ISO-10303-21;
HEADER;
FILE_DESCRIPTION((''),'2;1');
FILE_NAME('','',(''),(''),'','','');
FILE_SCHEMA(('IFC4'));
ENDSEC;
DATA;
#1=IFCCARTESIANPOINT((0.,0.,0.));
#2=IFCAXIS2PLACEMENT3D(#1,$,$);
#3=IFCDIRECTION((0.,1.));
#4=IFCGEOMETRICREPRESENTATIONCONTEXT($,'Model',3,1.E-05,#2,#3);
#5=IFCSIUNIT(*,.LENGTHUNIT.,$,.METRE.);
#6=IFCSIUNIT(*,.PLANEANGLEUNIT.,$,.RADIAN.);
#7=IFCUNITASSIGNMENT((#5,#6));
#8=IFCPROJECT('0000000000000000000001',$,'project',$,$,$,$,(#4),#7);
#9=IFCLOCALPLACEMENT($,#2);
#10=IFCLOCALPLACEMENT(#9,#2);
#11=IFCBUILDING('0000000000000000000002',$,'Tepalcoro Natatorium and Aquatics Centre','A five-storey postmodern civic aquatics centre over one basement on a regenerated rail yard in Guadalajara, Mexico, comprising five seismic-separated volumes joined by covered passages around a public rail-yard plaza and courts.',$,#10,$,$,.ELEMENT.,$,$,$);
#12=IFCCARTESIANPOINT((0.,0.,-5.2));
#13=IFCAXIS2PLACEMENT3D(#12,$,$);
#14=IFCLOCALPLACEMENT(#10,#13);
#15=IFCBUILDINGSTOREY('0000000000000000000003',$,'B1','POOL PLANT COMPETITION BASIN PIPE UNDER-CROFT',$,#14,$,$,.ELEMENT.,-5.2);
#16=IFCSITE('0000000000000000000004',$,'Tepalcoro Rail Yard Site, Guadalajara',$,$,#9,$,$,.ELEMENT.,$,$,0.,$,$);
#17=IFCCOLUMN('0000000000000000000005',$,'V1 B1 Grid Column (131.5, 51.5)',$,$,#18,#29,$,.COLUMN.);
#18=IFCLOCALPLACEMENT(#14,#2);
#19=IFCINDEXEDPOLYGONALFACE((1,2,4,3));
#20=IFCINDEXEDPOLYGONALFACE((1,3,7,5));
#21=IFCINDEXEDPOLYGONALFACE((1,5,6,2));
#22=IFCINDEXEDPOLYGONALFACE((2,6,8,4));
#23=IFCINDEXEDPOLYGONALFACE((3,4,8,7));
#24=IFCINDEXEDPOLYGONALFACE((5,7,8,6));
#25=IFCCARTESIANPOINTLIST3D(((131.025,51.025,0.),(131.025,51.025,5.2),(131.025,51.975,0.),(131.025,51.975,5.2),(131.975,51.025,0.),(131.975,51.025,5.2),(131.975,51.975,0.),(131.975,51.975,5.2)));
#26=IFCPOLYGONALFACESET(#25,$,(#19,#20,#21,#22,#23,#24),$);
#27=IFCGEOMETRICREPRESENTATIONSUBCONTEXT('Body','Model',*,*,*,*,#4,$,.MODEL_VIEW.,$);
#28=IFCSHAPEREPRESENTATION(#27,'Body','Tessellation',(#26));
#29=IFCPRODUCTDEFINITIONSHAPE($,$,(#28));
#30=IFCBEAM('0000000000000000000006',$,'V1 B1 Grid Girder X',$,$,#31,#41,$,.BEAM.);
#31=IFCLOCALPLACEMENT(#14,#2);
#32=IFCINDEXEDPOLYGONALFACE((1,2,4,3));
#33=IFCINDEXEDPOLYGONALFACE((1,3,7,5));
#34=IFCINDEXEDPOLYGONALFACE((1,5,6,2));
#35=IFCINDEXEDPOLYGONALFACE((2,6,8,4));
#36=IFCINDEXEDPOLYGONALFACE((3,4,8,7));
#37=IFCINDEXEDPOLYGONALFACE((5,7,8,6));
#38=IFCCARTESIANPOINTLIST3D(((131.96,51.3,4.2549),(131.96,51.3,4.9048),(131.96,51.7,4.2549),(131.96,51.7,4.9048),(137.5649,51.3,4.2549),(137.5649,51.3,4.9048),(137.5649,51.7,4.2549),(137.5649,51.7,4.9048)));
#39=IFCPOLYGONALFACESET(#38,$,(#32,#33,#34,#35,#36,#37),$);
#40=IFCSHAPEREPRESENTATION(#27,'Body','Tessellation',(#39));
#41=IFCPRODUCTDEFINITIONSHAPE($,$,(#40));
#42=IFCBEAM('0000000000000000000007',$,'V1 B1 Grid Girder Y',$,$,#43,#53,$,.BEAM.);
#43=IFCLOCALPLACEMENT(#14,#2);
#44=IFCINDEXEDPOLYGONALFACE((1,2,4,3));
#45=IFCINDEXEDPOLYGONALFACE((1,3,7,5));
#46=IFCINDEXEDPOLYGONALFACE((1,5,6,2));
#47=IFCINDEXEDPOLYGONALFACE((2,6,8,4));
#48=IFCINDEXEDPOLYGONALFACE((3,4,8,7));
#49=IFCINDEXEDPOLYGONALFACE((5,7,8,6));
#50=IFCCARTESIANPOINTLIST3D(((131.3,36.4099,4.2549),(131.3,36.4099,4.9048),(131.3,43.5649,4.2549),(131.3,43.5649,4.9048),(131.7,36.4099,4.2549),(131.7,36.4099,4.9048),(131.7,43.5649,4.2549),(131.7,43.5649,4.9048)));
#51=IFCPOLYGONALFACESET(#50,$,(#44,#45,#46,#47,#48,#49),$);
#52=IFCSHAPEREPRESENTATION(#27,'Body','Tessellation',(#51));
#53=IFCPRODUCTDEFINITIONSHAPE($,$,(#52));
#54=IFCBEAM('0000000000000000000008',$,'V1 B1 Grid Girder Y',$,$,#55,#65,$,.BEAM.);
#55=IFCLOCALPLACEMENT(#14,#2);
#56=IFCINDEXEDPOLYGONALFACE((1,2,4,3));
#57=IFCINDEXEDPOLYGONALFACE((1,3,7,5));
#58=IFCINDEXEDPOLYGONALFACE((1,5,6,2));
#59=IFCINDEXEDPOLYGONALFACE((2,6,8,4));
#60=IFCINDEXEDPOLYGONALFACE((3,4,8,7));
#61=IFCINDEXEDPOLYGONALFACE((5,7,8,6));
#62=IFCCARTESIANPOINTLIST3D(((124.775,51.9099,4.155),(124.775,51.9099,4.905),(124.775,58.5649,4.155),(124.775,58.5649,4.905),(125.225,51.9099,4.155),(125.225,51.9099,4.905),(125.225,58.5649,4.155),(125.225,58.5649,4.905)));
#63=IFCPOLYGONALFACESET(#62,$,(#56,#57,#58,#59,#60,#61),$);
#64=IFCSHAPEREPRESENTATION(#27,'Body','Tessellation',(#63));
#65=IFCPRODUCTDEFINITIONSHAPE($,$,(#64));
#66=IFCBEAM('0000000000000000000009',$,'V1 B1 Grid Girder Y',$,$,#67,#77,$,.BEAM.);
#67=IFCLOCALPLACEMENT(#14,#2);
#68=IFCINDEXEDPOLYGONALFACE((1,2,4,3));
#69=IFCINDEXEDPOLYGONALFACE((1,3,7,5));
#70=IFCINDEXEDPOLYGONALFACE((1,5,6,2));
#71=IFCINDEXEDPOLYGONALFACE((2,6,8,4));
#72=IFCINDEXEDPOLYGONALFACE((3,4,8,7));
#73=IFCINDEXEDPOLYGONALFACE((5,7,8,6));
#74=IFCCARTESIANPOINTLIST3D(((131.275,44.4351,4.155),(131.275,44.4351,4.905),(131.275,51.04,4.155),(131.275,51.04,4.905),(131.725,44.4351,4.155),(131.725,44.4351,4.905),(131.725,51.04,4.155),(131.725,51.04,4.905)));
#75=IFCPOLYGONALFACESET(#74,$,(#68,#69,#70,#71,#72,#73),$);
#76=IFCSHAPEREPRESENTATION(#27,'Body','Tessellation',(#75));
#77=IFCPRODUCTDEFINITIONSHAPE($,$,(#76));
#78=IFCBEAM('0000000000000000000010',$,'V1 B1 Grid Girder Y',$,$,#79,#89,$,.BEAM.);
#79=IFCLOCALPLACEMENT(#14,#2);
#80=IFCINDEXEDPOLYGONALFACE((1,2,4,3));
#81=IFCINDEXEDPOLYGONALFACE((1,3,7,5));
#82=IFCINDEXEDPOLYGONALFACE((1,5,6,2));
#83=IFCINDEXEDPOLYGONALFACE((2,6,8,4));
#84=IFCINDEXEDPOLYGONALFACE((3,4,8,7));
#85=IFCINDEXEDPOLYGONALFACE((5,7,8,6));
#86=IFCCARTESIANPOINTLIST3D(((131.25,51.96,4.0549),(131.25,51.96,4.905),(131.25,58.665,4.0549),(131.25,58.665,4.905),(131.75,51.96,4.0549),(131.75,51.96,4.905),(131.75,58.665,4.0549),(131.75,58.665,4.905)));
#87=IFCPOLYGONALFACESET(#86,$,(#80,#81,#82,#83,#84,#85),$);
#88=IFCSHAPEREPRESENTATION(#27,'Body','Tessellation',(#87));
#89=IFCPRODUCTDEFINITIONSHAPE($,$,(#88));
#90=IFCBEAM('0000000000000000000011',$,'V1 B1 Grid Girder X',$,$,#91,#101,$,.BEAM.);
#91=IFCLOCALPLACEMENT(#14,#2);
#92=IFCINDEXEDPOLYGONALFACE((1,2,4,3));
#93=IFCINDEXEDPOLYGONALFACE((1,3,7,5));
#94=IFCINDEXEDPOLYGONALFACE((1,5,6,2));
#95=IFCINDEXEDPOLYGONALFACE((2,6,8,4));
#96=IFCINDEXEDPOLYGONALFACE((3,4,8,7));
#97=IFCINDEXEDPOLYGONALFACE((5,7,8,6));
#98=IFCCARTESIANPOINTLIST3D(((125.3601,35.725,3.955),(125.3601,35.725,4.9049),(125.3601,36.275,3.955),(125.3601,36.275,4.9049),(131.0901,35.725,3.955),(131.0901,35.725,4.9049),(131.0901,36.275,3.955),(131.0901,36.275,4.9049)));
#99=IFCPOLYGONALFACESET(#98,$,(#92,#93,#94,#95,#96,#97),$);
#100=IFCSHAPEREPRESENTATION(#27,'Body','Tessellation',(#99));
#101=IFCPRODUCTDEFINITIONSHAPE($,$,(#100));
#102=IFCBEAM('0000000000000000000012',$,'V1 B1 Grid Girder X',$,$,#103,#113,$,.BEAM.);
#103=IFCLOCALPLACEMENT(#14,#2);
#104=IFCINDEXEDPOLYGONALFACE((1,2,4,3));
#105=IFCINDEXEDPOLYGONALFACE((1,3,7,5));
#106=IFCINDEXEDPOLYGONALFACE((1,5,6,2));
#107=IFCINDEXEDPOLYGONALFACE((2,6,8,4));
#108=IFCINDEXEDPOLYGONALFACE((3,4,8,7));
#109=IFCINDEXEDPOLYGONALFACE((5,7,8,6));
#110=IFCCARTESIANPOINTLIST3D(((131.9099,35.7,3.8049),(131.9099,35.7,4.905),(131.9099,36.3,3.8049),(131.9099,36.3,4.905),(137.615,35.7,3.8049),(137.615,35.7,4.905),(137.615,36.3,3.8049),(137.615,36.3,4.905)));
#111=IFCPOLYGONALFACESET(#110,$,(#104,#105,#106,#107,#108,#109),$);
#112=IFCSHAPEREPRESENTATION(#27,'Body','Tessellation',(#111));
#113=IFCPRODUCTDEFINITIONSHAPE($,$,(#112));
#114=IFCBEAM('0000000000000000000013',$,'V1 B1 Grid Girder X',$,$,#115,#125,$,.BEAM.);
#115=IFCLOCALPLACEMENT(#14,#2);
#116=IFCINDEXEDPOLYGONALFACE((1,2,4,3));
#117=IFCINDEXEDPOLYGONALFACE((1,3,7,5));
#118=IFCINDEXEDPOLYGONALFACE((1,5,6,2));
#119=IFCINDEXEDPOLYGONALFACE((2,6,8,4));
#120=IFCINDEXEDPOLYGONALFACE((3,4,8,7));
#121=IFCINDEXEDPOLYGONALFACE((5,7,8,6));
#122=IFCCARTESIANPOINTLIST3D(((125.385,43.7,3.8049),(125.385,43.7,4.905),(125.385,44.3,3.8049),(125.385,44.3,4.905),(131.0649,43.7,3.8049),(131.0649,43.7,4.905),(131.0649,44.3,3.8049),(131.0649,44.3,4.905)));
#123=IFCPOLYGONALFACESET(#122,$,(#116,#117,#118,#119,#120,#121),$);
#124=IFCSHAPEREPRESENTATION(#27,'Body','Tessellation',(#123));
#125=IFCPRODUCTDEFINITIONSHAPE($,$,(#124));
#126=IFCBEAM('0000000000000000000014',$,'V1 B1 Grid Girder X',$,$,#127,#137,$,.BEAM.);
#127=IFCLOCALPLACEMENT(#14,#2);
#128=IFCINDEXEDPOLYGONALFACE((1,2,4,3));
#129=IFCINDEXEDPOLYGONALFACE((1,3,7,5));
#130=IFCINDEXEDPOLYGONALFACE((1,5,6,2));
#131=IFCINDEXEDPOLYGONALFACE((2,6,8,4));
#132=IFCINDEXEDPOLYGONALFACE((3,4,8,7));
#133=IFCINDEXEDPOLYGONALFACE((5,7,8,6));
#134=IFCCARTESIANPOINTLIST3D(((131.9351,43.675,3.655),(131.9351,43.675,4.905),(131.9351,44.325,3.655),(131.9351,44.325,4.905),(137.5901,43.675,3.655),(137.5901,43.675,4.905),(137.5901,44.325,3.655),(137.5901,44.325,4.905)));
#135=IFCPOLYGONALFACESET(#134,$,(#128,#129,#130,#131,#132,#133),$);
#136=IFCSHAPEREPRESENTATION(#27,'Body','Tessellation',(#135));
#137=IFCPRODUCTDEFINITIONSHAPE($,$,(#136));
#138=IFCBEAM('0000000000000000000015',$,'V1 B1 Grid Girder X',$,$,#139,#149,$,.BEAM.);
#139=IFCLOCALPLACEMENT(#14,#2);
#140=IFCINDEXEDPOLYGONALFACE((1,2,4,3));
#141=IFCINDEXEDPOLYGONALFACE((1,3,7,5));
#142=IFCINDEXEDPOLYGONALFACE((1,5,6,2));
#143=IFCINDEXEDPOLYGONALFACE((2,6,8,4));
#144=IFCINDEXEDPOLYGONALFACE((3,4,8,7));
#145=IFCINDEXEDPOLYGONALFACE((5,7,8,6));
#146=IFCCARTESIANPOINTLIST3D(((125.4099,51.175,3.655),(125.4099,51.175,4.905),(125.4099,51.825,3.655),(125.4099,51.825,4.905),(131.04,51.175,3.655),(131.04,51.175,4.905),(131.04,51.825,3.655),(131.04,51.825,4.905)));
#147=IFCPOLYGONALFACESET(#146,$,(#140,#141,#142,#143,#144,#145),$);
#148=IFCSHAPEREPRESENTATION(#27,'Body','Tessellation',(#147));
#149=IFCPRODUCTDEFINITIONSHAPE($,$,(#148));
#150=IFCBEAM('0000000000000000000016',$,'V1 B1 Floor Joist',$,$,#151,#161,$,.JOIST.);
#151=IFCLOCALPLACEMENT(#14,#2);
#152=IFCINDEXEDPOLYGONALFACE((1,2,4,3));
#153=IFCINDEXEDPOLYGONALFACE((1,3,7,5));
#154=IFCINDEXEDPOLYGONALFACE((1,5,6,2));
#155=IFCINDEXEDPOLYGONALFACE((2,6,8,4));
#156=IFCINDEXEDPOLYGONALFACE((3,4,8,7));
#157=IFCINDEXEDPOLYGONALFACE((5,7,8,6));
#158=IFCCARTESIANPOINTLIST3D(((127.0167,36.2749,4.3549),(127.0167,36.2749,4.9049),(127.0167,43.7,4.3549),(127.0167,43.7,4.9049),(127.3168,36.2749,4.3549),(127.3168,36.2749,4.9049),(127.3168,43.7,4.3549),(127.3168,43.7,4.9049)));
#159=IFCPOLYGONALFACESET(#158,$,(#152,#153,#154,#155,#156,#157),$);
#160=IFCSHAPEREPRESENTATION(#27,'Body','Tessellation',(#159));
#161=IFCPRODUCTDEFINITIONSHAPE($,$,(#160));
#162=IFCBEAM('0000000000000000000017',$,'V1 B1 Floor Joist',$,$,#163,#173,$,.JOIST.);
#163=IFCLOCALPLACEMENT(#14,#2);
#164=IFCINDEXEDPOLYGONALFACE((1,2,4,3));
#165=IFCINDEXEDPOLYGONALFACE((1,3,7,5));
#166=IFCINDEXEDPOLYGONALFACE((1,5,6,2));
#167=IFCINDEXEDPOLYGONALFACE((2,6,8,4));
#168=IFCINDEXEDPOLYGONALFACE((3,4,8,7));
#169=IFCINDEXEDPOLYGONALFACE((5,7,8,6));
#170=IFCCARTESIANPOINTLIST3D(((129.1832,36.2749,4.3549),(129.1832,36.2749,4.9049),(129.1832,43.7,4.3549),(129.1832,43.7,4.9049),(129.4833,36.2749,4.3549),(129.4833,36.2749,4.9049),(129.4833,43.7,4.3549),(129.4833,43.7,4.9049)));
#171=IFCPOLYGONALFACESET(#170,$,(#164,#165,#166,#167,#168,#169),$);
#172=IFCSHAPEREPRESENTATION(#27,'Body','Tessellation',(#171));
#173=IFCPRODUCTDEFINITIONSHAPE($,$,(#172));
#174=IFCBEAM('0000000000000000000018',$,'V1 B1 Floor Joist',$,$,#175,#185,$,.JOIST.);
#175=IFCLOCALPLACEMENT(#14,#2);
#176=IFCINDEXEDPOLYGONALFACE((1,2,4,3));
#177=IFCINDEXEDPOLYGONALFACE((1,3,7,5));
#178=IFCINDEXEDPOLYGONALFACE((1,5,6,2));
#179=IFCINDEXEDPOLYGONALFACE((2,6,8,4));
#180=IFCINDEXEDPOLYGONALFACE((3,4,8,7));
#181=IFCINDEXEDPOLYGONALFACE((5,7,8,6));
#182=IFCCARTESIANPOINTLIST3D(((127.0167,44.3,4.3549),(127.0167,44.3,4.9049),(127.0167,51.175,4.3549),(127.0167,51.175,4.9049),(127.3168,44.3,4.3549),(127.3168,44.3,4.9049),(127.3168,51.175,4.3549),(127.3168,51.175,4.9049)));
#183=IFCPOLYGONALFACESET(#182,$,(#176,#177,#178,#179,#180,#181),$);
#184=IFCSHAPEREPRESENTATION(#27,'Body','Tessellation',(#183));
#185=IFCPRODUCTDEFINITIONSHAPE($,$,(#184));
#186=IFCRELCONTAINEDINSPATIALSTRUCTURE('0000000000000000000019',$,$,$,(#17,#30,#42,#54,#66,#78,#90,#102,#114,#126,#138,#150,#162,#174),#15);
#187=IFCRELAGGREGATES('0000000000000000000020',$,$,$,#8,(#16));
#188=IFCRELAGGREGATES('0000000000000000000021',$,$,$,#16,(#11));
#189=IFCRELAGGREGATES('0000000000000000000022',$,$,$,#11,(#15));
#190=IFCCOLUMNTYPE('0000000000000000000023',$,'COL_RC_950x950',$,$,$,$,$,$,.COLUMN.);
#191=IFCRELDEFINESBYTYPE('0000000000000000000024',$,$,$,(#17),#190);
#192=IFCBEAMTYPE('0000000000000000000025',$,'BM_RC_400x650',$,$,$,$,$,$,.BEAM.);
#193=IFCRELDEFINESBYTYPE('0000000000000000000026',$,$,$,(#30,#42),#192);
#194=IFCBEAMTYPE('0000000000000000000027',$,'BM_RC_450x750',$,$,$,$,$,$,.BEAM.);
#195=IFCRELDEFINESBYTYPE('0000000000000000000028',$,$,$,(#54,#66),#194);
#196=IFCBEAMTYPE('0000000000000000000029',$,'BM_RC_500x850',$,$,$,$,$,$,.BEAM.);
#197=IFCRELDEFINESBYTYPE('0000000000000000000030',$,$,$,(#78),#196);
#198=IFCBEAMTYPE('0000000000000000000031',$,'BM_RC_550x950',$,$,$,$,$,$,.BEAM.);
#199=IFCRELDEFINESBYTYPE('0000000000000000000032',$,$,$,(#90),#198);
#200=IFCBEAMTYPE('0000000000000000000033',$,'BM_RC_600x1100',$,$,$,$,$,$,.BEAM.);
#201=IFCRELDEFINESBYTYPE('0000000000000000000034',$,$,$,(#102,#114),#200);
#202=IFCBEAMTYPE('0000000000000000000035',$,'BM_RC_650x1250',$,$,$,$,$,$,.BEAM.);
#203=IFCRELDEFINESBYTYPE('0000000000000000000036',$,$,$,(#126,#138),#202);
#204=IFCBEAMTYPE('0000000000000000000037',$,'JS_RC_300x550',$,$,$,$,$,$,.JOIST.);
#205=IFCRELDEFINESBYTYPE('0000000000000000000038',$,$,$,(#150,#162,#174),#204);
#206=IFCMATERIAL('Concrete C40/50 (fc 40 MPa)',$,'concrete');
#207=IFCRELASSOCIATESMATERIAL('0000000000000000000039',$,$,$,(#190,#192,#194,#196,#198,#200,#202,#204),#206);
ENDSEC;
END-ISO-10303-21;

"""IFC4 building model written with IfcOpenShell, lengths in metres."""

from ifc_helpers import new_model, si_unit, direction, frame, origin, origin_2d, place, context, subcontext, project, spatial, rectangle, extrude, material, material_profile, profile_set, type_object, element, save


model = new_model("IFC4")

# Units and contexts
model_context = context("Model", 3, precision=1e-05, world=origin(), true_north=direction((0.0, 1.0)))
body_context = subcontext(model_context, "Body", "Model", "MODEL_VIEW")
ifc_project = project(units=[si_unit("LENGTHUNIT", "METRE"), si_unit("PLANEANGLEUNIT", "RADIAN")], contexts=[model_context])

# Site, building, storey
site_placement = place(None, origin())
site = spatial("IfcSite", under=ifc_project, at=site_placement, Name="Tepalcoro Rail Yard Site, Guadalajara", CompositionType="ELEMENT", RefElevation=0.0)
building_placement = place(site_placement, origin())
building = spatial("IfcBuilding", under=site, at=building_placement, Name="Tepalcoro Natatorium and Aquatics Centre", Description="A five-storey postmodern civic aquatics centre over one basement on a regenerated rail yard in Guadalajara, Mexico, comprising five seismic-separated volumes joined by covered passages around a public rail-yard plaza and courts.", CompositionType="ELEMENT")
storey_placement = place(building_placement, frame((0.0, 0.0, -5.2)))
storey = spatial("IfcBuildingStorey", under=building, at=storey_placement, Name="B1", Description="POOL PLANT COMPETITION BASIN PIPE UNDER-CROFT", CompositionType="ELEMENT", Elevation=-5.2)

# Shared definitions
ifc_material = material(Name="Concrete C40/50 (fc 40 MPa)", Category="concrete")

# Column
ifc_material_profile_1 = material_profile(ifc_material, rectangle(XDim=0.95, YDim=0.95, at=origin_2d()), Name="RC950x950")
ifc_profile_set_1 = profile_set([ifc_material_profile_1], Name="Concrete C40/50 (fc 40 MPa)")
column_type_1 = type_object("IfcColumnType", Name="COL_RC_950x950", PredefinedType="COLUMN", material=ifc_profile_set_1)
column_1_placement = place(storey_placement, frame((131.5, 51.5, 0.0), z_axis=(0.0, 0.0, 1.0), x_axis=(1.0, 0.0, 0.0)))
element("IfcColumn", 1, at=column_1_placement, inside=storey, type_object=column_type_1, Name="V1 B1 Grid Column (131.5, 51.5)", PredefinedType="COLUMN", context=body_context, shape_type="SweptSolid", body=[
    extrude(rectangle(XDim=0.95, YDim=0.95, at=origin_2d()), origin(), (0.0, 0.0, 1.0), 5.2),
])

# Beams
ifc_material_profile_2 = material_profile(ifc_material, rectangle(XDim=0.3999, YDim=0.6499, at=origin_2d()), Name="RCB400x650")
ifc_profile_set_2 = profile_set([ifc_material_profile_2], Name="Concrete C40/50 (fc 40 MPa)")
beam_type_1 = type_object("IfcBeamType", Name="BM_RC_400x650", PredefinedType="BEAM", material=ifc_profile_set_2)
beam_1_placement = place(storey_placement, frame((131.96, 51.5, 4.5798), z_axis=(1.0, 0.0, 0.0), x_axis=(0.0, 1.0, 0.0)))
element("IfcBeam", 2, at=beam_1_placement, inside=storey, type_object=beam_type_1, Name="V1 B1 Grid Girder X", PredefinedType="BEAM", context=body_context, shape_type="SweptSolid", body=[
    extrude(rectangle(XDim=0.3999, YDim=0.6499, at=origin_2d()), origin(), (0.0, 0.0, 1.0), 5.605),
])
beam_2_placement = place(storey_placement, frame((131.5, 36.4099, 4.5798), z_axis=(0.0, 1.0, 0.0), x_axis=(-1.0, 0.0, 0.0)))
element("IfcBeam", 3, at=beam_2_placement, inside=storey, type_object=beam_type_1, Name="V1 B1 Grid Girder Y", PredefinedType="BEAM", context=body_context, shape_type="SweptSolid", body=[
    extrude(rectangle(XDim=0.3999, YDim=0.6499, at=origin_2d()), origin(), (0.0, 0.0, 1.0), 7.155),
])
ifc_material_profile_3 = material_profile(ifc_material, rectangle(XDim=0.45, YDim=0.75, at=origin_2d()), Name="RCB450x750")
ifc_profile_set_3 = profile_set([ifc_material_profile_3], Name="Concrete C40/50 (fc 40 MPa)")
beam_type_2 = type_object("IfcBeamType", Name="BM_RC_450x750", PredefinedType="BEAM", material=ifc_profile_set_3)
beam_3_placement = place(storey_placement, frame((125.0, 51.9099, 4.53), z_axis=(0.0, 1.0, 0.0), x_axis=(-1.0, 0.0, 0.0)))
element("IfcBeam", 4, at=beam_3_placement, inside=storey, type_object=beam_type_2, Name="V1 B1 Grid Girder Y", PredefinedType="BEAM", context=body_context, shape_type="SweptSolid", body=[
    extrude(rectangle(XDim=0.45, YDim=0.75, at=origin_2d()), origin(), (0.0, 0.0, 1.0), 6.655),
])
beam_4_placement = place(storey_placement, frame((131.5, 44.4351, 4.53), z_axis=(0.0, 1.0, 0.0), x_axis=(-1.0, 0.0, 0.0)))
element("IfcBeam", 5, at=beam_4_placement, inside=storey, type_object=beam_type_2, Name="V1 B1 Grid Girder Y", PredefinedType="BEAM", context=body_context, shape_type="SweptSolid", body=[
    extrude(rectangle(XDim=0.45, YDim=0.75, at=origin_2d()), origin(), (0.0, 0.0, 1.0), 6.605),
])
ifc_material_profile_4 = material_profile(ifc_material, rectangle(XDim=0.5, YDim=0.8501, at=origin_2d()), Name="RCB500x850")
ifc_profile_set_4 = profile_set([ifc_material_profile_4], Name="Concrete C40/50 (fc 40 MPa)")
beam_type_3 = type_object("IfcBeamType", Name="BM_RC_500x850", PredefinedType="BEAM", material=ifc_profile_set_4)
beam_5_placement = place(storey_placement, frame((131.5, 51.96, 4.48), z_axis=(0.0, 1.0, 0.0), x_axis=(-1.0, 0.0, 0.0)))
element("IfcBeam", 6, at=beam_5_placement, inside=storey, type_object=beam_type_3, Name="V1 B1 Grid Girder Y", PredefinedType="BEAM", context=body_context, shape_type="SweptSolid", body=[
    extrude(rectangle(XDim=0.5, YDim=0.8501, at=origin_2d()), origin(), (0.0, 0.0, 1.0), 6.7051),
])
ifc_material_profile_5 = material_profile(ifc_material, rectangle(XDim=0.55, YDim=0.95, at=origin_2d()), Name="RCB550x950")
ifc_profile_set_5 = profile_set([ifc_material_profile_5], Name="Concrete C40/50 (fc 40 MPa)")
beam_type_4 = type_object("IfcBeamType", Name="BM_RC_550x950", PredefinedType="BEAM", material=ifc_profile_set_5)
beam_6_placement = place(storey_placement, frame((125.3601, 36.0, 4.4299), z_axis=(1.0, 0.0, 0.0), x_axis=(0.0, 1.0, 0.0)))
element("IfcBeam", 7, at=beam_6_placement, inside=storey, type_object=beam_type_4, Name="V1 B1 Grid Girder X", PredefinedType="BEAM", context=body_context, shape_type="SweptSolid", body=[
    extrude(rectangle(XDim=0.55, YDim=0.95, at=origin_2d()), origin(), (0.0, 0.0, 1.0), 5.73),
])
ifc_material_profile_6 = material_profile(ifc_material, rectangle(XDim=0.6001, YDim=1.1001, at=origin_2d()), Name="RCB600x1100")
ifc_profile_set_6 = profile_set([ifc_material_profile_6], Name="Concrete C40/50 (fc 40 MPa)")
beam_type_5 = type_object("IfcBeamType", Name="BM_RC_600x1100", PredefinedType="BEAM", material=ifc_profile_set_6)
beam_7_placement = place(storey_placement, frame((131.9099, 36.0, 4.355), z_axis=(1.0, 0.0, 0.0), x_axis=(0.0, 1.0, 0.0)))
element("IfcBeam", 8, at=beam_7_placement, inside=storey, type_object=beam_type_5, Name="V1 B1 Grid Girder X", PredefinedType="BEAM", context=body_context, shape_type="SweptSolid", body=[
    extrude(rectangle(XDim=0.6001, YDim=1.1001, at=origin_2d()), origin(), (0.0, 0.0, 1.0), 5.7051),
])
beam_8_placement = place(storey_placement, frame((125.385, 44.0, 4.355), z_axis=(1.0, 0.0, 0.0), x_axis=(0.0, 1.0, 0.0)))
element("IfcBeam", 9, at=beam_8_placement, inside=storey, type_object=beam_type_5, Name="V1 B1 Grid Girder X", PredefinedType="BEAM", context=body_context, shape_type="SweptSolid", body=[
    extrude(rectangle(XDim=0.6001, YDim=1.1001, at=origin_2d()), origin(), (0.0, 0.0, 1.0), 5.6799),
])
ifc_material_profile_7 = material_profile(ifc_material, rectangle(XDim=0.6499, YDim=1.25, at=origin_2d()), Name="RCB650x1250")
ifc_profile_set_7 = profile_set([ifc_material_profile_7], Name="Concrete C40/50 (fc 40 MPa)")
beam_type_6 = type_object("IfcBeamType", Name="BM_RC_650x1250", PredefinedType="BEAM", material=ifc_profile_set_7)
beam_9_placement = place(storey_placement, frame((131.9351, 44.0, 4.28), z_axis=(1.0, 0.0, 0.0), x_axis=(0.0, 1.0, 0.0)))
element("IfcBeam", 10, at=beam_9_placement, inside=storey, type_object=beam_type_6, Name="V1 B1 Grid Girder X", PredefinedType="BEAM", context=body_context, shape_type="SweptSolid", body=[
    extrude(rectangle(XDim=0.6499, YDim=1.25, at=origin_2d()), origin(), (0.0, 0.0, 1.0), 5.655),
])
beam_10_placement = place(storey_placement, frame((125.4099, 51.5, 4.28), z_axis=(1.0, 0.0, 0.0), x_axis=(0.0, 1.0, 0.0)))
element("IfcBeam", 11, at=beam_10_placement, inside=storey, type_object=beam_type_6, Name="V1 B1 Grid Girder X", PredefinedType="BEAM", context=body_context, shape_type="SweptSolid", body=[
    extrude(rectangle(XDim=0.6499, YDim=1.25, at=origin_2d()), origin(), (0.0, 0.0, 1.0), 5.6301),
])
ifc_material_profile_8 = material_profile(ifc_material, rectangle(XDim=0.3, YDim=0.55, at=origin_2d()), Name="RCJ300x550")
ifc_profile_set_8 = profile_set([ifc_material_profile_8], Name="Concrete C40/50 (fc 40 MPa)")
beam_type_7 = type_object("IfcBeamType", Name="JS_RC_300x550", PredefinedType="JOIST", material=ifc_profile_set_8)
for number, where, z_axis, x_axis, name in (
    (12, (127.1667, 36.2749, 4.6299), (0.0, 1.0, 0.0), (-1.0, 0.0, 0.0), "V1 B1 Floor Joist"),
    (13, (129.3333, 36.2749, 4.6299), (0.0, 1.0, 0.0), (-1.0, 0.0, 0.0), "V1 B1 Floor Joist"),
):
    element("IfcBeam", number, at=place(storey_placement, frame(where, z_axis=z_axis, x_axis=x_axis)), inside=storey, type_object=beam_type_7, Name=name, PredefinedType="JOIST", context=body_context, shape_type="SweptSolid", body=[
        extrude(rectangle(XDim=0.3, YDim=0.55, at=origin_2d()), origin(), (0.0, 0.0, 1.0), 7.425),
    ])
for number, where, z_axis, x_axis, name in (
    (14, (127.1667, 44.3, 4.6299), (0.0, 1.0, 0.0), (-1.0, 0.0, 0.0), "V1 B1 Floor Joist"),
):
    element("IfcBeam", number, at=place(storey_placement, frame(where, z_axis=z_axis, x_axis=x_axis)), inside=storey, type_object=beam_type_7, Name=name, PredefinedType="JOIST", context=body_context, shape_type="SweptSolid", body=[
        extrude(rectangle(XDim=0.3, YDim=0.55, at=origin_2d()), origin(), (0.0, 0.0, 1.0), 6.875),
    ])

save(model, "model.ifc")
